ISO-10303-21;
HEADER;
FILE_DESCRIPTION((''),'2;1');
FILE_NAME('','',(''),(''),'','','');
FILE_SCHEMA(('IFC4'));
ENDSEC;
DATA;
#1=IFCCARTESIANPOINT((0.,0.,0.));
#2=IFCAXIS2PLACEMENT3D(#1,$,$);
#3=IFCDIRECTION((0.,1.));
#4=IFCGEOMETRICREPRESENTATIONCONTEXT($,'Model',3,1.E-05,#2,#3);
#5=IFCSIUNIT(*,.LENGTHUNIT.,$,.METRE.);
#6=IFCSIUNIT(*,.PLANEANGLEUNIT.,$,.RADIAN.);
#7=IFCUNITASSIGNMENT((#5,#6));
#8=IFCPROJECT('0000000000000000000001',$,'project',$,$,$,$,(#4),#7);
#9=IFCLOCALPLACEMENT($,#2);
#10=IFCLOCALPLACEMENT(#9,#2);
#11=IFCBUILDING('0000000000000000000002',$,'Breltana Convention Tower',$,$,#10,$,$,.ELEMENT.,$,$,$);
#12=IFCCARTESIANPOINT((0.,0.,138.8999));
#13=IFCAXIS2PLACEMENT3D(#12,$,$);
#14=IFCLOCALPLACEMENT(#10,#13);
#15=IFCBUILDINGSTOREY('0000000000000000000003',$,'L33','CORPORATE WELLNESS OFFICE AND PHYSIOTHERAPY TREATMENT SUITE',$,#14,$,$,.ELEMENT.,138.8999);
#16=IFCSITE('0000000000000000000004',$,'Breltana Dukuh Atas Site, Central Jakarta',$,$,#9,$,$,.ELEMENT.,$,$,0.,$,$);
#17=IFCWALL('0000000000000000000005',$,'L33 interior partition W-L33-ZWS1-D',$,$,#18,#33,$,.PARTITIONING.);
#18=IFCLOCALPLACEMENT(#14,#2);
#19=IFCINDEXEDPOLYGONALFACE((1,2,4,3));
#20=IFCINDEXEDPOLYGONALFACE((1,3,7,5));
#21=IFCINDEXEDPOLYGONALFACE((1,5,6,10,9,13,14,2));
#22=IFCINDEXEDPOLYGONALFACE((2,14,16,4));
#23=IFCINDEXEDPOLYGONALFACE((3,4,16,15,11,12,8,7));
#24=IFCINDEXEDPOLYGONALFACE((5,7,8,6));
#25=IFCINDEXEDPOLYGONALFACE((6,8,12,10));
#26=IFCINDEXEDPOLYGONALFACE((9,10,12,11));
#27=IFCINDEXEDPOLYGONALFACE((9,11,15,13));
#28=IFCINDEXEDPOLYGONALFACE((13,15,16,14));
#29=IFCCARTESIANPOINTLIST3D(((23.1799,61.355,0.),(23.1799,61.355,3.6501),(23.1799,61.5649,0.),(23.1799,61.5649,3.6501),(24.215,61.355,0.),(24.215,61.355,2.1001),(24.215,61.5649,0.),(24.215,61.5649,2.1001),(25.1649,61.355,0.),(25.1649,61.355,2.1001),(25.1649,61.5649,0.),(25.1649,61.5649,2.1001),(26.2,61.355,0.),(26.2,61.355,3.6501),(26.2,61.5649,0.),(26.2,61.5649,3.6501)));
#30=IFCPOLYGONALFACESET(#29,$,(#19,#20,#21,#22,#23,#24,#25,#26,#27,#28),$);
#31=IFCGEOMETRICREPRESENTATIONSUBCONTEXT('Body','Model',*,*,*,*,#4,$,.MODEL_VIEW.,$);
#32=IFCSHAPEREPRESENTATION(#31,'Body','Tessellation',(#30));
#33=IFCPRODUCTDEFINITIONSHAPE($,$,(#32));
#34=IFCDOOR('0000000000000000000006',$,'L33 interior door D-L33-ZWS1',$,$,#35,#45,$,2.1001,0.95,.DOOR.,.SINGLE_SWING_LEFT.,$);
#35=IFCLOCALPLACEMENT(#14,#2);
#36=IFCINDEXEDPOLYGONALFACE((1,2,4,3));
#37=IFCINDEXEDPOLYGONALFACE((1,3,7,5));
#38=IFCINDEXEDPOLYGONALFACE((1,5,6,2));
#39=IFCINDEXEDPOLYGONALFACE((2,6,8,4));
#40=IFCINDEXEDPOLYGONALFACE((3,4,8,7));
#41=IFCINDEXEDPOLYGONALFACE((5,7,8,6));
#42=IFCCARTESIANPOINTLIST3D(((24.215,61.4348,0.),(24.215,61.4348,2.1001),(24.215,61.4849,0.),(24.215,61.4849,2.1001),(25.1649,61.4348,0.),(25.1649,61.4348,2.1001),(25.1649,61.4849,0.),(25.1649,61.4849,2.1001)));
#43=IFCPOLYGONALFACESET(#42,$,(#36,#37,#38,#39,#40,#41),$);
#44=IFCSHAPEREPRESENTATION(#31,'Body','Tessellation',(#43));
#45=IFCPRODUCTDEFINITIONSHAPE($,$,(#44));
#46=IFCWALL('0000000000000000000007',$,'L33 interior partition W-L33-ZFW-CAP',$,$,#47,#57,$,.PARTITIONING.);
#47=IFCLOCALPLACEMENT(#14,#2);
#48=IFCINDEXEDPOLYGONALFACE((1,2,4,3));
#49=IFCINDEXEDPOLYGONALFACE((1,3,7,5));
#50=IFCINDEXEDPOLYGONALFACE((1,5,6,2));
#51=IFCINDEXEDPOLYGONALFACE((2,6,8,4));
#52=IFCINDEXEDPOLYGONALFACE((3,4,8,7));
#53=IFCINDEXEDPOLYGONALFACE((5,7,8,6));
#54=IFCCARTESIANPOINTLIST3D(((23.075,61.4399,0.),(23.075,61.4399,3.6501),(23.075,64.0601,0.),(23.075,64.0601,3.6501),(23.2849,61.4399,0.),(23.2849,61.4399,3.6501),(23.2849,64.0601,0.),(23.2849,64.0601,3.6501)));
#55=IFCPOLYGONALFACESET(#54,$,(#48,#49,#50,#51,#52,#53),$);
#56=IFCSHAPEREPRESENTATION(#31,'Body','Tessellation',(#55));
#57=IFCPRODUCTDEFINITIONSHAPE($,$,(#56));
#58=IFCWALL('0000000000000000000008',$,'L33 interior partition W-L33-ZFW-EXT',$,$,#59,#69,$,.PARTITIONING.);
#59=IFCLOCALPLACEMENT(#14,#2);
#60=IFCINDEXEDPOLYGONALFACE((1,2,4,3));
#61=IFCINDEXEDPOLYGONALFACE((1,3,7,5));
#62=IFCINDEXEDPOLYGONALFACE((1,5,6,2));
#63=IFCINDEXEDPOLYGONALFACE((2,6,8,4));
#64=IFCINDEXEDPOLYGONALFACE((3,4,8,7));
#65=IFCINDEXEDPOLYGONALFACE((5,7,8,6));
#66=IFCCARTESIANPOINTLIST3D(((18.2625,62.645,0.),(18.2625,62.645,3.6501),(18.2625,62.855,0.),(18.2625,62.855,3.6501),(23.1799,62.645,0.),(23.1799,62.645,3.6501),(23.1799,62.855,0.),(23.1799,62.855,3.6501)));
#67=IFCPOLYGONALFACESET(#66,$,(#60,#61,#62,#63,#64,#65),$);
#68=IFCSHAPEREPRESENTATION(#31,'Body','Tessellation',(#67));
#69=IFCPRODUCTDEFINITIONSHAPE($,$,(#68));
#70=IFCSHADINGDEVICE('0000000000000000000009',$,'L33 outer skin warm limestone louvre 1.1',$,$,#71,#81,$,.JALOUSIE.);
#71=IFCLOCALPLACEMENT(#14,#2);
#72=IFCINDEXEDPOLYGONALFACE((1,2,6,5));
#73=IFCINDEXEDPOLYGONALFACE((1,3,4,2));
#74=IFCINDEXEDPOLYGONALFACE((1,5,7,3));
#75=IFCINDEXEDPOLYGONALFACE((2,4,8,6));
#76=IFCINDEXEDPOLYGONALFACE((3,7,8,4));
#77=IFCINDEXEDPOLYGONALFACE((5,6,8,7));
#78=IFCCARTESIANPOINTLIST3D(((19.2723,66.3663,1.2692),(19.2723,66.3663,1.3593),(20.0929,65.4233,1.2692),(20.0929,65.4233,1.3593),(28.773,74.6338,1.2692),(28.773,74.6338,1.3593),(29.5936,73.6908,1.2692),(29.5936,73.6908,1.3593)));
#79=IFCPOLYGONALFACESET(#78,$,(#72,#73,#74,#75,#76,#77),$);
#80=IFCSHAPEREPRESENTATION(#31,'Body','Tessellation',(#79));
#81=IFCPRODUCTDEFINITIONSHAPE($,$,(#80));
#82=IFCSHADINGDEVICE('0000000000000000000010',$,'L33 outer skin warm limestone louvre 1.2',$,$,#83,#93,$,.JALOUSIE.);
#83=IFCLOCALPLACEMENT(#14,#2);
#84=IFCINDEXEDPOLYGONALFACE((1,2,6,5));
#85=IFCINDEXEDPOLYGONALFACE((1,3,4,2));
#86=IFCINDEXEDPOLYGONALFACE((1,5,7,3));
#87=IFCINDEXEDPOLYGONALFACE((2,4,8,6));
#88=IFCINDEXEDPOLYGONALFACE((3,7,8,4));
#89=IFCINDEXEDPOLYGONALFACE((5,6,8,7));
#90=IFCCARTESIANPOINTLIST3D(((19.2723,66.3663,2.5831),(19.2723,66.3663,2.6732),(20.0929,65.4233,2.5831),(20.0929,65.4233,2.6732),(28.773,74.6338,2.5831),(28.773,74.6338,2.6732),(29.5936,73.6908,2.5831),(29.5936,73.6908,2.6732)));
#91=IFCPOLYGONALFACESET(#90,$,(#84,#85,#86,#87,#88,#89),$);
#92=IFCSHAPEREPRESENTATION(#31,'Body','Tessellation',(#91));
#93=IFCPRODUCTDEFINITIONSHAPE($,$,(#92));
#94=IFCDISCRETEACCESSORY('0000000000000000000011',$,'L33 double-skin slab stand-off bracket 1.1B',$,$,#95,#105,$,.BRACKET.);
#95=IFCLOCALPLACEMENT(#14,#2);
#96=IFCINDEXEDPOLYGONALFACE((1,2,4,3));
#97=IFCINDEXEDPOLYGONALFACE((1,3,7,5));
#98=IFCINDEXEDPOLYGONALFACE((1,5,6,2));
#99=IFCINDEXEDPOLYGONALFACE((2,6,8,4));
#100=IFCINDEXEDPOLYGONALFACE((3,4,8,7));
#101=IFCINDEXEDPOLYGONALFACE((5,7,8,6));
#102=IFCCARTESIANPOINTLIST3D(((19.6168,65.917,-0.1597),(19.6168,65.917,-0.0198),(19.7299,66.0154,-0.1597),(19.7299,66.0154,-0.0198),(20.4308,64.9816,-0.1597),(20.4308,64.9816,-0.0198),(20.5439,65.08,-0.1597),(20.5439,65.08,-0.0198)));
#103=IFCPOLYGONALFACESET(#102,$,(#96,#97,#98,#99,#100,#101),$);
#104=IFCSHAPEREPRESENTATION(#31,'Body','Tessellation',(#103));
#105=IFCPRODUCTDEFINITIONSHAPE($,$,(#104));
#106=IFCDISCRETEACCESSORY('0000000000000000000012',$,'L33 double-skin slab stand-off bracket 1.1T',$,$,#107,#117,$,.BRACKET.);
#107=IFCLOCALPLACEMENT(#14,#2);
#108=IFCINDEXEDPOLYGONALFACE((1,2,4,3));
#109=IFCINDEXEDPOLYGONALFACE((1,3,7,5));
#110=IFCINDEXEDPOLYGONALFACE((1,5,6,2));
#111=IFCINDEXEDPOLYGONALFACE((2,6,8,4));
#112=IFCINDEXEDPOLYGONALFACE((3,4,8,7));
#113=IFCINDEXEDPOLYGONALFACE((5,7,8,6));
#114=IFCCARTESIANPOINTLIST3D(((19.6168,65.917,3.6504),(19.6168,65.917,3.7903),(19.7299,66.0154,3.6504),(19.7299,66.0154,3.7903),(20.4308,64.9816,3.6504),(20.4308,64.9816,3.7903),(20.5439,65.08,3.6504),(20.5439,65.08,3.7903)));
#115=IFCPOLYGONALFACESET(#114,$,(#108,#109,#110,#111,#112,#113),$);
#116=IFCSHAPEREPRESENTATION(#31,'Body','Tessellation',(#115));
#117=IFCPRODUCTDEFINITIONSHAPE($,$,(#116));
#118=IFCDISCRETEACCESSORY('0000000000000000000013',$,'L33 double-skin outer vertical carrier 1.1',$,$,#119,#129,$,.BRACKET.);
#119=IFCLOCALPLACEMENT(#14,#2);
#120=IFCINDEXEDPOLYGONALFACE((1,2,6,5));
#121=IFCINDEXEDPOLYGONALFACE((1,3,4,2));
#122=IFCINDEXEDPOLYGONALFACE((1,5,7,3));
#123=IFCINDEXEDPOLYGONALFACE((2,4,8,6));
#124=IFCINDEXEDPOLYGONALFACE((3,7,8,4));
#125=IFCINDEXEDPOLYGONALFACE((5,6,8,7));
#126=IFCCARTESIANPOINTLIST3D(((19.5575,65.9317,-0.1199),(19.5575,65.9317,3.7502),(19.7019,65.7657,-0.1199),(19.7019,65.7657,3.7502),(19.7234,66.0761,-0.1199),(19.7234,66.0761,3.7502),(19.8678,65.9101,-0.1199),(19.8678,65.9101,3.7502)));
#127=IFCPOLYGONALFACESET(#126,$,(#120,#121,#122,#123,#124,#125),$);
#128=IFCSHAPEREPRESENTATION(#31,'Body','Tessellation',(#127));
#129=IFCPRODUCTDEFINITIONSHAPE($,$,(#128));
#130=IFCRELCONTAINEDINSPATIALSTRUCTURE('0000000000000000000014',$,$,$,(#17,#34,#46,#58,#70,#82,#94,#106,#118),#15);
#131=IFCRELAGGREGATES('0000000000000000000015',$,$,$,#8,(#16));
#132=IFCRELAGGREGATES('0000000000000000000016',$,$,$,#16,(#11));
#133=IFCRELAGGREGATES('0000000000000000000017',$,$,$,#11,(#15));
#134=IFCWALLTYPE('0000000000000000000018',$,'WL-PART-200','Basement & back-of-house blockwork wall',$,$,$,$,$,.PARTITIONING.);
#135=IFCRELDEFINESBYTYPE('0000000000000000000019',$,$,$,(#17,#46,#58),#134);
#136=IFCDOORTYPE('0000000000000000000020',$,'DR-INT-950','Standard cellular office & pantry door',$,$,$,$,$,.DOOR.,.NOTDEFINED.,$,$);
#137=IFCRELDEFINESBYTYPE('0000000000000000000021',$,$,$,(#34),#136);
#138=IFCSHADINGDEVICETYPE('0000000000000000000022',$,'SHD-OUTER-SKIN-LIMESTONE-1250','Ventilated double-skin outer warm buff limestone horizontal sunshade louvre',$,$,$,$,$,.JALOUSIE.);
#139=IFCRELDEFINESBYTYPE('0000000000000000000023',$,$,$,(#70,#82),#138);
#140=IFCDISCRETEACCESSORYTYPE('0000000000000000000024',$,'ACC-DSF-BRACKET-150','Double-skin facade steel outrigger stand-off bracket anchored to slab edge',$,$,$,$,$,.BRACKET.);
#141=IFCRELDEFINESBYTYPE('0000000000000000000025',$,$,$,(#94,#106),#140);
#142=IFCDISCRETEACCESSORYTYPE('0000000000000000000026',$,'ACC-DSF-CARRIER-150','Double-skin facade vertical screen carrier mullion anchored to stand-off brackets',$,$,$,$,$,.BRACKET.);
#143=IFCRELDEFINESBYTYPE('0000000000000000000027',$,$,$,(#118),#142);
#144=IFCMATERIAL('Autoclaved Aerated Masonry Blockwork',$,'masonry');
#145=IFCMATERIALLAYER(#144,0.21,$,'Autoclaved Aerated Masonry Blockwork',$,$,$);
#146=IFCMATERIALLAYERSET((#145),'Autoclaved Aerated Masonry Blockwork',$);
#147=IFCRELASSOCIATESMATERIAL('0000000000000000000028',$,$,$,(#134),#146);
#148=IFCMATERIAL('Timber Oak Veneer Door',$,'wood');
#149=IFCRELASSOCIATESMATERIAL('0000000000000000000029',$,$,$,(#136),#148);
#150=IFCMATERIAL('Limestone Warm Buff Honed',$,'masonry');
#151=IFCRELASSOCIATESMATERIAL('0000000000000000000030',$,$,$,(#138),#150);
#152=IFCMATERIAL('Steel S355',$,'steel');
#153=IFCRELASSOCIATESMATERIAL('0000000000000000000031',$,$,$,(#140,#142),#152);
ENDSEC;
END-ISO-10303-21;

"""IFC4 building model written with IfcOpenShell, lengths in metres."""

from ifc_helpers import new_model, si_unit, direction, frame, frame_2d, origin, origin_2d, place, context, subcontext, project, spatial, rectangle, extrude, source, transform, mapped, material, layer, layer_set, material_profile, profile_set, type_object, type_shapes, element, fill, save


model = new_model("IFC4")

# Units and contexts
model_context = context("Model", 3, precision=1e-05, world=origin(), true_north=direction((0.0, 1.0)))
body_context = subcontext(model_context, "Body", "Model", "MODEL_VIEW")
ifc_project = project(units=[si_unit("LENGTHUNIT", "METRE"), si_unit("PLANEANGLEUNIT", "RADIAN")], contexts=[model_context])

# Site, building, storey
site_placement = place(None, origin())
site = spatial("IfcSite", under=ifc_project, at=site_placement, Name="Breltana Dukuh Atas Site, Central Jakarta", CompositionType="ELEMENT", RefElevation=0.0)
building_placement = place(site_placement, origin())
building = spatial("IfcBuilding", under=site, at=building_placement, Name="Breltana Convention Tower", CompositionType="ELEMENT")
storey_placement = place(building_placement, frame((0.0, 0.0, 138.8999)))
storey = spatial("IfcBuildingStorey", under=building, at=storey_placement, Name="L33", Description="CORPORATE WELLNESS OFFICE AND PHYSIOTHERAPY TREATMENT SUITE", CompositionType="ELEMENT", Elevation=138.8999)

# Wall, opening, door
ifc_material_1 = material(Name="Autoclaved Aerated Masonry Blockwork", Category="masonry")
ifc_layer_1 = layer(ifc_material_1, 0.21, Name="Autoclaved Aerated Masonry Blockwork")
ifc_layer_set_1 = layer_set([ifc_layer_1], Name="Autoclaved Aerated Masonry Blockwork")
wall_type_1 = type_object("IfcWallType", Name="WL-PART-200", Description="Basement & back-of-house blockwork wall", PredefinedType="PARTITIONING", material=ifc_layer_set_1)
shared_shape_1 = source(origin(), body_context, "Body", "SweptSolid", [
    extrude(rectangle(XDim=3.02, YDim=0.21, at=frame_2d((1.51, 0.0))), origin(), (0.0, 0.0, 1.0), 3.6501),
])
wall_1_placement = place(storey_placement, frame((23.1799, 61.46, 0.0), z_axis=(0.0, 0.0, 1.0), x_axis=(1.0, 0.0, 0.0)))
wall_1 = element("IfcWall", 1, at=wall_1_placement, inside=storey, type_object=wall_type_1, Name="L33 interior partition W-L33-ZWS1-D", PredefinedType="PARTITIONING", context=body_context, shape_type="MappedRepresentation", body=[
    mapped(shared_shape_1, transform((0.0, 0.0, 0.0), scale=1.0)),
])
opening_placement = place(wall_1_placement, frame((1.0349, 0.0, 0.0)))
opening = element("IfcOpeningElement", 2, at=opening_placement, cuts=wall_1, PredefinedType="OPENING", context=body_context, shape_type="SweptSolid", body=[
    extrude(rectangle(XDim=0.95, YDim=2.1001, at=frame_2d((0.4751, 1.05))), frame((0.0, 0.115, 0.0), z_axis=(0.0, -1.0, 0.0), x_axis=(1.0, 0.0, 0.0)), (0.0, 0.0, 1.0), 0.23),
])
ifc_material_2 = material(Name="Timber Oak Veneer Door", Category="wood")
door_type = type_object("IfcDoorType", Name="DR-INT-950", Description="Standard cellular office & pantry door", OperationType="NOTDEFINED", PredefinedType="DOOR", material=ifc_material_2)
shared_shape_2 = source(origin(), body_context, "Body", "SweptSolid", [
    extrude(rectangle(XDim=0.95, YDim=2.1001, at=frame_2d((0.4751, 1.05))), frame((0.0, 0.0249, 0.0), z_axis=(0.0, -1.0, 0.0), x_axis=(1.0, 0.0, 0.0)), (0.0, 0.0, 1.0), 0.05),
])
type_shapes(door_type, [shared_shape_2])
door_placement = place(opening_placement, origin())
door = element("IfcDoor", 3, at=door_placement, inside=storey, type_object=door_type, Name="L33 interior door D-L33-ZWS1", OperationType="SINGLE_SWING_LEFT", OverallHeight=2.1001, OverallWidth=0.95, PredefinedType="DOOR", context=body_context, shape_type="MappedRepresentation", body=[
    mapped(shared_shape_2, transform((0.0, 0.0, 0.0), scale=1.0)),
])
fill(opening, door)

# Walls
shared_shape_3 = source(origin(), body_context, "Body", "SweptSolid", [
    extrude(rectangle(XDim=2.6201, YDim=0.21, at=frame_2d((1.3101, 0.0))), origin(), (0.0, 0.0, 1.0), 3.6501),
])
wall_2_placement = place(storey_placement, frame((23.1799, 61.4399, 0.0), z_axis=(0.0, 0.0, 1.0), x_axis=(0.0, 1.0, 0.0)))
element("IfcWall", 4, at=wall_2_placement, inside=storey, type_object=wall_type_1, Name="L33 interior partition W-L33-ZFW-CAP", PredefinedType="PARTITIONING", context=body_context, shape_type="MappedRepresentation", body=[
    mapped(shared_shape_3, transform((0.0, 0.0, 0.0), scale=1.0)),
])
shared_shape_4 = source(origin(), body_context, "Body", "SweptSolid", [
    extrude(rectangle(XDim=4.9175, YDim=0.21, at=frame_2d((2.4587, 0.0))), origin(), (0.0, 0.0, 1.0), 3.6501),
])
wall_3_placement = place(storey_placement, frame((18.2625, 62.75, 0.0), z_axis=(0.0, 0.0, 1.0), x_axis=(1.0, 0.0, 0.0)))
element("IfcWall", 5, at=wall_3_placement, inside=storey, type_object=wall_type_1, Name="L33 interior partition W-L33-ZFW-EXT", PredefinedType="PARTITIONING", context=body_context, shape_type="MappedRepresentation", body=[
    mapped(shared_shape_4, transform((0.0, 0.0, 0.0), scale=1.0)),
])

# Shading devices
ifc_material_3 = material(Name="Limestone Warm Buff Honed", Category="masonry")
ifc_material_profile_1 = material_profile(ifc_material_3, rectangle(XDim=1.25, YDim=0.0901, at=origin_2d()), Name="STN-LVR-1250X90")
ifc_profile_set_1 = profile_set([ifc_material_profile_1], Name="Limestone Warm Buff Honed")
shading_device_type = type_object("IfcShadingDeviceType", Name="SHD-OUTER-SKIN-LIMESTONE-1250", Description="Ventilated double-skin outer warm buff limestone horizontal sunshade louvre", PredefinedType="JALOUSIE", material=ifc_profile_set_1)
shared_shape_5 = source(origin(), body_context, "Body", "SweptSolid", [
    extrude(rectangle(XDim=1.25, YDim=0.0901, at=origin_2d()), origin(), (0.0, 0.0, 1.0), 12.5942),
])
for number, where, z_axis, x_axis, name in (
    (6, (19.6826, 65.8948, 1.3142), (0.754367, 0.656453, 0.0), (-0.656453, 0.754367, 0.0), "L33 outer skin warm limestone louvre 1.1"),
    (7, (19.6826, 65.8948, 2.6282), (0.754367, 0.656453, 0.0), (-0.656453, 0.754367, 0.0), "L33 outer skin warm limestone louvre 1.2"),
):
    element("IfcShadingDevice", number, at=place(storey_placement, frame(where, z_axis=z_axis, x_axis=x_axis)), inside=storey, type_object=shading_device_type, Name=name, PredefinedType="JALOUSIE", context=body_context, shape_type="MappedRepresentation", body=[
        mapped(shared_shape_5, transform((0.0, 0.0, 0.0), scale=1.0)),
    ])

# Discrete accessories
ifc_material_4 = material(Name="Steel S355", Category="steel")
discrete_accessory_type_1 = type_object("IfcDiscreteAccessoryType", Name="ACC-DSF-BRACKET-150", Description="Double-skin facade steel outrigger stand-off bracket anchored to slab edge", PredefinedType="BRACKET", material=ifc_material_4)
shared_shape_6 = source(origin(), body_context, "Body", "SweptSolid", [
    extrude(rectangle(XDim=1.24, YDim=0.1499, at=origin_2d()), origin(), (0.0, 0.0, 1.0), 0.1399),
])
type_shapes(discrete_accessory_type_1, [shared_shape_6])
for number, where, z_axis, x_axis, name in (
    (8, (20.0803, 65.4985, -0.1597), (0.0, 0.0, 1.0), (-0.656454, 0.754366, 0.0), "L33 double-skin slab stand-off bracket 1.1B"),
    (9, (20.0803, 65.4985, 3.6504), (0.0, 0.0, 1.0), (-0.656454, 0.754366, 0.0), "L33 double-skin slab stand-off bracket 1.1T"),
):
    element("IfcDiscreteAccessory", number, at=place(storey_placement, frame(where, z_axis=z_axis, x_axis=x_axis)), inside=storey, type_object=discrete_accessory_type_1, Name=name, PredefinedType="BRACKET", context=body_context, shape_type="MappedRepresentation", body=[
        mapped(shared_shape_6, transform((0.0, 0.0, 0.0), scale=1.0)),
    ])
discrete_accessory_type_2 = type_object("IfcDiscreteAccessoryType", Name="ACC-DSF-CARRIER-150", Description="Double-skin facade vertical screen carrier mullion anchored to stand-off brackets", PredefinedType="BRACKET", material=ifc_material_4)
shared_shape_7 = source(origin(), body_context, "Body", "SweptSolid", [
    extrude(rectangle(XDim=0.22, YDim=0.22, at=origin_2d()), origin(), (0.0, 0.0, 1.0), 3.8701),
])
discrete_accessory_placement = place(storey_placement, frame((19.7126, 65.9209, -0.1199), z_axis=(0.0, 0.0, 1.0), x_axis=(-0.656454, 0.754366, 0.0)))
element("IfcDiscreteAccessory", 10, at=discrete_accessory_placement, inside=storey, type_object=discrete_accessory_type_2, Name="L33 double-skin outer vertical carrier 1.1", PredefinedType="BRACKET", context=body_context, shape_type="MappedRepresentation", body=[
    mapped(shared_shape_7, transform((0.0, 0.0, 0.0), scale=1.0)),
])

save(model, "model.ifc")
